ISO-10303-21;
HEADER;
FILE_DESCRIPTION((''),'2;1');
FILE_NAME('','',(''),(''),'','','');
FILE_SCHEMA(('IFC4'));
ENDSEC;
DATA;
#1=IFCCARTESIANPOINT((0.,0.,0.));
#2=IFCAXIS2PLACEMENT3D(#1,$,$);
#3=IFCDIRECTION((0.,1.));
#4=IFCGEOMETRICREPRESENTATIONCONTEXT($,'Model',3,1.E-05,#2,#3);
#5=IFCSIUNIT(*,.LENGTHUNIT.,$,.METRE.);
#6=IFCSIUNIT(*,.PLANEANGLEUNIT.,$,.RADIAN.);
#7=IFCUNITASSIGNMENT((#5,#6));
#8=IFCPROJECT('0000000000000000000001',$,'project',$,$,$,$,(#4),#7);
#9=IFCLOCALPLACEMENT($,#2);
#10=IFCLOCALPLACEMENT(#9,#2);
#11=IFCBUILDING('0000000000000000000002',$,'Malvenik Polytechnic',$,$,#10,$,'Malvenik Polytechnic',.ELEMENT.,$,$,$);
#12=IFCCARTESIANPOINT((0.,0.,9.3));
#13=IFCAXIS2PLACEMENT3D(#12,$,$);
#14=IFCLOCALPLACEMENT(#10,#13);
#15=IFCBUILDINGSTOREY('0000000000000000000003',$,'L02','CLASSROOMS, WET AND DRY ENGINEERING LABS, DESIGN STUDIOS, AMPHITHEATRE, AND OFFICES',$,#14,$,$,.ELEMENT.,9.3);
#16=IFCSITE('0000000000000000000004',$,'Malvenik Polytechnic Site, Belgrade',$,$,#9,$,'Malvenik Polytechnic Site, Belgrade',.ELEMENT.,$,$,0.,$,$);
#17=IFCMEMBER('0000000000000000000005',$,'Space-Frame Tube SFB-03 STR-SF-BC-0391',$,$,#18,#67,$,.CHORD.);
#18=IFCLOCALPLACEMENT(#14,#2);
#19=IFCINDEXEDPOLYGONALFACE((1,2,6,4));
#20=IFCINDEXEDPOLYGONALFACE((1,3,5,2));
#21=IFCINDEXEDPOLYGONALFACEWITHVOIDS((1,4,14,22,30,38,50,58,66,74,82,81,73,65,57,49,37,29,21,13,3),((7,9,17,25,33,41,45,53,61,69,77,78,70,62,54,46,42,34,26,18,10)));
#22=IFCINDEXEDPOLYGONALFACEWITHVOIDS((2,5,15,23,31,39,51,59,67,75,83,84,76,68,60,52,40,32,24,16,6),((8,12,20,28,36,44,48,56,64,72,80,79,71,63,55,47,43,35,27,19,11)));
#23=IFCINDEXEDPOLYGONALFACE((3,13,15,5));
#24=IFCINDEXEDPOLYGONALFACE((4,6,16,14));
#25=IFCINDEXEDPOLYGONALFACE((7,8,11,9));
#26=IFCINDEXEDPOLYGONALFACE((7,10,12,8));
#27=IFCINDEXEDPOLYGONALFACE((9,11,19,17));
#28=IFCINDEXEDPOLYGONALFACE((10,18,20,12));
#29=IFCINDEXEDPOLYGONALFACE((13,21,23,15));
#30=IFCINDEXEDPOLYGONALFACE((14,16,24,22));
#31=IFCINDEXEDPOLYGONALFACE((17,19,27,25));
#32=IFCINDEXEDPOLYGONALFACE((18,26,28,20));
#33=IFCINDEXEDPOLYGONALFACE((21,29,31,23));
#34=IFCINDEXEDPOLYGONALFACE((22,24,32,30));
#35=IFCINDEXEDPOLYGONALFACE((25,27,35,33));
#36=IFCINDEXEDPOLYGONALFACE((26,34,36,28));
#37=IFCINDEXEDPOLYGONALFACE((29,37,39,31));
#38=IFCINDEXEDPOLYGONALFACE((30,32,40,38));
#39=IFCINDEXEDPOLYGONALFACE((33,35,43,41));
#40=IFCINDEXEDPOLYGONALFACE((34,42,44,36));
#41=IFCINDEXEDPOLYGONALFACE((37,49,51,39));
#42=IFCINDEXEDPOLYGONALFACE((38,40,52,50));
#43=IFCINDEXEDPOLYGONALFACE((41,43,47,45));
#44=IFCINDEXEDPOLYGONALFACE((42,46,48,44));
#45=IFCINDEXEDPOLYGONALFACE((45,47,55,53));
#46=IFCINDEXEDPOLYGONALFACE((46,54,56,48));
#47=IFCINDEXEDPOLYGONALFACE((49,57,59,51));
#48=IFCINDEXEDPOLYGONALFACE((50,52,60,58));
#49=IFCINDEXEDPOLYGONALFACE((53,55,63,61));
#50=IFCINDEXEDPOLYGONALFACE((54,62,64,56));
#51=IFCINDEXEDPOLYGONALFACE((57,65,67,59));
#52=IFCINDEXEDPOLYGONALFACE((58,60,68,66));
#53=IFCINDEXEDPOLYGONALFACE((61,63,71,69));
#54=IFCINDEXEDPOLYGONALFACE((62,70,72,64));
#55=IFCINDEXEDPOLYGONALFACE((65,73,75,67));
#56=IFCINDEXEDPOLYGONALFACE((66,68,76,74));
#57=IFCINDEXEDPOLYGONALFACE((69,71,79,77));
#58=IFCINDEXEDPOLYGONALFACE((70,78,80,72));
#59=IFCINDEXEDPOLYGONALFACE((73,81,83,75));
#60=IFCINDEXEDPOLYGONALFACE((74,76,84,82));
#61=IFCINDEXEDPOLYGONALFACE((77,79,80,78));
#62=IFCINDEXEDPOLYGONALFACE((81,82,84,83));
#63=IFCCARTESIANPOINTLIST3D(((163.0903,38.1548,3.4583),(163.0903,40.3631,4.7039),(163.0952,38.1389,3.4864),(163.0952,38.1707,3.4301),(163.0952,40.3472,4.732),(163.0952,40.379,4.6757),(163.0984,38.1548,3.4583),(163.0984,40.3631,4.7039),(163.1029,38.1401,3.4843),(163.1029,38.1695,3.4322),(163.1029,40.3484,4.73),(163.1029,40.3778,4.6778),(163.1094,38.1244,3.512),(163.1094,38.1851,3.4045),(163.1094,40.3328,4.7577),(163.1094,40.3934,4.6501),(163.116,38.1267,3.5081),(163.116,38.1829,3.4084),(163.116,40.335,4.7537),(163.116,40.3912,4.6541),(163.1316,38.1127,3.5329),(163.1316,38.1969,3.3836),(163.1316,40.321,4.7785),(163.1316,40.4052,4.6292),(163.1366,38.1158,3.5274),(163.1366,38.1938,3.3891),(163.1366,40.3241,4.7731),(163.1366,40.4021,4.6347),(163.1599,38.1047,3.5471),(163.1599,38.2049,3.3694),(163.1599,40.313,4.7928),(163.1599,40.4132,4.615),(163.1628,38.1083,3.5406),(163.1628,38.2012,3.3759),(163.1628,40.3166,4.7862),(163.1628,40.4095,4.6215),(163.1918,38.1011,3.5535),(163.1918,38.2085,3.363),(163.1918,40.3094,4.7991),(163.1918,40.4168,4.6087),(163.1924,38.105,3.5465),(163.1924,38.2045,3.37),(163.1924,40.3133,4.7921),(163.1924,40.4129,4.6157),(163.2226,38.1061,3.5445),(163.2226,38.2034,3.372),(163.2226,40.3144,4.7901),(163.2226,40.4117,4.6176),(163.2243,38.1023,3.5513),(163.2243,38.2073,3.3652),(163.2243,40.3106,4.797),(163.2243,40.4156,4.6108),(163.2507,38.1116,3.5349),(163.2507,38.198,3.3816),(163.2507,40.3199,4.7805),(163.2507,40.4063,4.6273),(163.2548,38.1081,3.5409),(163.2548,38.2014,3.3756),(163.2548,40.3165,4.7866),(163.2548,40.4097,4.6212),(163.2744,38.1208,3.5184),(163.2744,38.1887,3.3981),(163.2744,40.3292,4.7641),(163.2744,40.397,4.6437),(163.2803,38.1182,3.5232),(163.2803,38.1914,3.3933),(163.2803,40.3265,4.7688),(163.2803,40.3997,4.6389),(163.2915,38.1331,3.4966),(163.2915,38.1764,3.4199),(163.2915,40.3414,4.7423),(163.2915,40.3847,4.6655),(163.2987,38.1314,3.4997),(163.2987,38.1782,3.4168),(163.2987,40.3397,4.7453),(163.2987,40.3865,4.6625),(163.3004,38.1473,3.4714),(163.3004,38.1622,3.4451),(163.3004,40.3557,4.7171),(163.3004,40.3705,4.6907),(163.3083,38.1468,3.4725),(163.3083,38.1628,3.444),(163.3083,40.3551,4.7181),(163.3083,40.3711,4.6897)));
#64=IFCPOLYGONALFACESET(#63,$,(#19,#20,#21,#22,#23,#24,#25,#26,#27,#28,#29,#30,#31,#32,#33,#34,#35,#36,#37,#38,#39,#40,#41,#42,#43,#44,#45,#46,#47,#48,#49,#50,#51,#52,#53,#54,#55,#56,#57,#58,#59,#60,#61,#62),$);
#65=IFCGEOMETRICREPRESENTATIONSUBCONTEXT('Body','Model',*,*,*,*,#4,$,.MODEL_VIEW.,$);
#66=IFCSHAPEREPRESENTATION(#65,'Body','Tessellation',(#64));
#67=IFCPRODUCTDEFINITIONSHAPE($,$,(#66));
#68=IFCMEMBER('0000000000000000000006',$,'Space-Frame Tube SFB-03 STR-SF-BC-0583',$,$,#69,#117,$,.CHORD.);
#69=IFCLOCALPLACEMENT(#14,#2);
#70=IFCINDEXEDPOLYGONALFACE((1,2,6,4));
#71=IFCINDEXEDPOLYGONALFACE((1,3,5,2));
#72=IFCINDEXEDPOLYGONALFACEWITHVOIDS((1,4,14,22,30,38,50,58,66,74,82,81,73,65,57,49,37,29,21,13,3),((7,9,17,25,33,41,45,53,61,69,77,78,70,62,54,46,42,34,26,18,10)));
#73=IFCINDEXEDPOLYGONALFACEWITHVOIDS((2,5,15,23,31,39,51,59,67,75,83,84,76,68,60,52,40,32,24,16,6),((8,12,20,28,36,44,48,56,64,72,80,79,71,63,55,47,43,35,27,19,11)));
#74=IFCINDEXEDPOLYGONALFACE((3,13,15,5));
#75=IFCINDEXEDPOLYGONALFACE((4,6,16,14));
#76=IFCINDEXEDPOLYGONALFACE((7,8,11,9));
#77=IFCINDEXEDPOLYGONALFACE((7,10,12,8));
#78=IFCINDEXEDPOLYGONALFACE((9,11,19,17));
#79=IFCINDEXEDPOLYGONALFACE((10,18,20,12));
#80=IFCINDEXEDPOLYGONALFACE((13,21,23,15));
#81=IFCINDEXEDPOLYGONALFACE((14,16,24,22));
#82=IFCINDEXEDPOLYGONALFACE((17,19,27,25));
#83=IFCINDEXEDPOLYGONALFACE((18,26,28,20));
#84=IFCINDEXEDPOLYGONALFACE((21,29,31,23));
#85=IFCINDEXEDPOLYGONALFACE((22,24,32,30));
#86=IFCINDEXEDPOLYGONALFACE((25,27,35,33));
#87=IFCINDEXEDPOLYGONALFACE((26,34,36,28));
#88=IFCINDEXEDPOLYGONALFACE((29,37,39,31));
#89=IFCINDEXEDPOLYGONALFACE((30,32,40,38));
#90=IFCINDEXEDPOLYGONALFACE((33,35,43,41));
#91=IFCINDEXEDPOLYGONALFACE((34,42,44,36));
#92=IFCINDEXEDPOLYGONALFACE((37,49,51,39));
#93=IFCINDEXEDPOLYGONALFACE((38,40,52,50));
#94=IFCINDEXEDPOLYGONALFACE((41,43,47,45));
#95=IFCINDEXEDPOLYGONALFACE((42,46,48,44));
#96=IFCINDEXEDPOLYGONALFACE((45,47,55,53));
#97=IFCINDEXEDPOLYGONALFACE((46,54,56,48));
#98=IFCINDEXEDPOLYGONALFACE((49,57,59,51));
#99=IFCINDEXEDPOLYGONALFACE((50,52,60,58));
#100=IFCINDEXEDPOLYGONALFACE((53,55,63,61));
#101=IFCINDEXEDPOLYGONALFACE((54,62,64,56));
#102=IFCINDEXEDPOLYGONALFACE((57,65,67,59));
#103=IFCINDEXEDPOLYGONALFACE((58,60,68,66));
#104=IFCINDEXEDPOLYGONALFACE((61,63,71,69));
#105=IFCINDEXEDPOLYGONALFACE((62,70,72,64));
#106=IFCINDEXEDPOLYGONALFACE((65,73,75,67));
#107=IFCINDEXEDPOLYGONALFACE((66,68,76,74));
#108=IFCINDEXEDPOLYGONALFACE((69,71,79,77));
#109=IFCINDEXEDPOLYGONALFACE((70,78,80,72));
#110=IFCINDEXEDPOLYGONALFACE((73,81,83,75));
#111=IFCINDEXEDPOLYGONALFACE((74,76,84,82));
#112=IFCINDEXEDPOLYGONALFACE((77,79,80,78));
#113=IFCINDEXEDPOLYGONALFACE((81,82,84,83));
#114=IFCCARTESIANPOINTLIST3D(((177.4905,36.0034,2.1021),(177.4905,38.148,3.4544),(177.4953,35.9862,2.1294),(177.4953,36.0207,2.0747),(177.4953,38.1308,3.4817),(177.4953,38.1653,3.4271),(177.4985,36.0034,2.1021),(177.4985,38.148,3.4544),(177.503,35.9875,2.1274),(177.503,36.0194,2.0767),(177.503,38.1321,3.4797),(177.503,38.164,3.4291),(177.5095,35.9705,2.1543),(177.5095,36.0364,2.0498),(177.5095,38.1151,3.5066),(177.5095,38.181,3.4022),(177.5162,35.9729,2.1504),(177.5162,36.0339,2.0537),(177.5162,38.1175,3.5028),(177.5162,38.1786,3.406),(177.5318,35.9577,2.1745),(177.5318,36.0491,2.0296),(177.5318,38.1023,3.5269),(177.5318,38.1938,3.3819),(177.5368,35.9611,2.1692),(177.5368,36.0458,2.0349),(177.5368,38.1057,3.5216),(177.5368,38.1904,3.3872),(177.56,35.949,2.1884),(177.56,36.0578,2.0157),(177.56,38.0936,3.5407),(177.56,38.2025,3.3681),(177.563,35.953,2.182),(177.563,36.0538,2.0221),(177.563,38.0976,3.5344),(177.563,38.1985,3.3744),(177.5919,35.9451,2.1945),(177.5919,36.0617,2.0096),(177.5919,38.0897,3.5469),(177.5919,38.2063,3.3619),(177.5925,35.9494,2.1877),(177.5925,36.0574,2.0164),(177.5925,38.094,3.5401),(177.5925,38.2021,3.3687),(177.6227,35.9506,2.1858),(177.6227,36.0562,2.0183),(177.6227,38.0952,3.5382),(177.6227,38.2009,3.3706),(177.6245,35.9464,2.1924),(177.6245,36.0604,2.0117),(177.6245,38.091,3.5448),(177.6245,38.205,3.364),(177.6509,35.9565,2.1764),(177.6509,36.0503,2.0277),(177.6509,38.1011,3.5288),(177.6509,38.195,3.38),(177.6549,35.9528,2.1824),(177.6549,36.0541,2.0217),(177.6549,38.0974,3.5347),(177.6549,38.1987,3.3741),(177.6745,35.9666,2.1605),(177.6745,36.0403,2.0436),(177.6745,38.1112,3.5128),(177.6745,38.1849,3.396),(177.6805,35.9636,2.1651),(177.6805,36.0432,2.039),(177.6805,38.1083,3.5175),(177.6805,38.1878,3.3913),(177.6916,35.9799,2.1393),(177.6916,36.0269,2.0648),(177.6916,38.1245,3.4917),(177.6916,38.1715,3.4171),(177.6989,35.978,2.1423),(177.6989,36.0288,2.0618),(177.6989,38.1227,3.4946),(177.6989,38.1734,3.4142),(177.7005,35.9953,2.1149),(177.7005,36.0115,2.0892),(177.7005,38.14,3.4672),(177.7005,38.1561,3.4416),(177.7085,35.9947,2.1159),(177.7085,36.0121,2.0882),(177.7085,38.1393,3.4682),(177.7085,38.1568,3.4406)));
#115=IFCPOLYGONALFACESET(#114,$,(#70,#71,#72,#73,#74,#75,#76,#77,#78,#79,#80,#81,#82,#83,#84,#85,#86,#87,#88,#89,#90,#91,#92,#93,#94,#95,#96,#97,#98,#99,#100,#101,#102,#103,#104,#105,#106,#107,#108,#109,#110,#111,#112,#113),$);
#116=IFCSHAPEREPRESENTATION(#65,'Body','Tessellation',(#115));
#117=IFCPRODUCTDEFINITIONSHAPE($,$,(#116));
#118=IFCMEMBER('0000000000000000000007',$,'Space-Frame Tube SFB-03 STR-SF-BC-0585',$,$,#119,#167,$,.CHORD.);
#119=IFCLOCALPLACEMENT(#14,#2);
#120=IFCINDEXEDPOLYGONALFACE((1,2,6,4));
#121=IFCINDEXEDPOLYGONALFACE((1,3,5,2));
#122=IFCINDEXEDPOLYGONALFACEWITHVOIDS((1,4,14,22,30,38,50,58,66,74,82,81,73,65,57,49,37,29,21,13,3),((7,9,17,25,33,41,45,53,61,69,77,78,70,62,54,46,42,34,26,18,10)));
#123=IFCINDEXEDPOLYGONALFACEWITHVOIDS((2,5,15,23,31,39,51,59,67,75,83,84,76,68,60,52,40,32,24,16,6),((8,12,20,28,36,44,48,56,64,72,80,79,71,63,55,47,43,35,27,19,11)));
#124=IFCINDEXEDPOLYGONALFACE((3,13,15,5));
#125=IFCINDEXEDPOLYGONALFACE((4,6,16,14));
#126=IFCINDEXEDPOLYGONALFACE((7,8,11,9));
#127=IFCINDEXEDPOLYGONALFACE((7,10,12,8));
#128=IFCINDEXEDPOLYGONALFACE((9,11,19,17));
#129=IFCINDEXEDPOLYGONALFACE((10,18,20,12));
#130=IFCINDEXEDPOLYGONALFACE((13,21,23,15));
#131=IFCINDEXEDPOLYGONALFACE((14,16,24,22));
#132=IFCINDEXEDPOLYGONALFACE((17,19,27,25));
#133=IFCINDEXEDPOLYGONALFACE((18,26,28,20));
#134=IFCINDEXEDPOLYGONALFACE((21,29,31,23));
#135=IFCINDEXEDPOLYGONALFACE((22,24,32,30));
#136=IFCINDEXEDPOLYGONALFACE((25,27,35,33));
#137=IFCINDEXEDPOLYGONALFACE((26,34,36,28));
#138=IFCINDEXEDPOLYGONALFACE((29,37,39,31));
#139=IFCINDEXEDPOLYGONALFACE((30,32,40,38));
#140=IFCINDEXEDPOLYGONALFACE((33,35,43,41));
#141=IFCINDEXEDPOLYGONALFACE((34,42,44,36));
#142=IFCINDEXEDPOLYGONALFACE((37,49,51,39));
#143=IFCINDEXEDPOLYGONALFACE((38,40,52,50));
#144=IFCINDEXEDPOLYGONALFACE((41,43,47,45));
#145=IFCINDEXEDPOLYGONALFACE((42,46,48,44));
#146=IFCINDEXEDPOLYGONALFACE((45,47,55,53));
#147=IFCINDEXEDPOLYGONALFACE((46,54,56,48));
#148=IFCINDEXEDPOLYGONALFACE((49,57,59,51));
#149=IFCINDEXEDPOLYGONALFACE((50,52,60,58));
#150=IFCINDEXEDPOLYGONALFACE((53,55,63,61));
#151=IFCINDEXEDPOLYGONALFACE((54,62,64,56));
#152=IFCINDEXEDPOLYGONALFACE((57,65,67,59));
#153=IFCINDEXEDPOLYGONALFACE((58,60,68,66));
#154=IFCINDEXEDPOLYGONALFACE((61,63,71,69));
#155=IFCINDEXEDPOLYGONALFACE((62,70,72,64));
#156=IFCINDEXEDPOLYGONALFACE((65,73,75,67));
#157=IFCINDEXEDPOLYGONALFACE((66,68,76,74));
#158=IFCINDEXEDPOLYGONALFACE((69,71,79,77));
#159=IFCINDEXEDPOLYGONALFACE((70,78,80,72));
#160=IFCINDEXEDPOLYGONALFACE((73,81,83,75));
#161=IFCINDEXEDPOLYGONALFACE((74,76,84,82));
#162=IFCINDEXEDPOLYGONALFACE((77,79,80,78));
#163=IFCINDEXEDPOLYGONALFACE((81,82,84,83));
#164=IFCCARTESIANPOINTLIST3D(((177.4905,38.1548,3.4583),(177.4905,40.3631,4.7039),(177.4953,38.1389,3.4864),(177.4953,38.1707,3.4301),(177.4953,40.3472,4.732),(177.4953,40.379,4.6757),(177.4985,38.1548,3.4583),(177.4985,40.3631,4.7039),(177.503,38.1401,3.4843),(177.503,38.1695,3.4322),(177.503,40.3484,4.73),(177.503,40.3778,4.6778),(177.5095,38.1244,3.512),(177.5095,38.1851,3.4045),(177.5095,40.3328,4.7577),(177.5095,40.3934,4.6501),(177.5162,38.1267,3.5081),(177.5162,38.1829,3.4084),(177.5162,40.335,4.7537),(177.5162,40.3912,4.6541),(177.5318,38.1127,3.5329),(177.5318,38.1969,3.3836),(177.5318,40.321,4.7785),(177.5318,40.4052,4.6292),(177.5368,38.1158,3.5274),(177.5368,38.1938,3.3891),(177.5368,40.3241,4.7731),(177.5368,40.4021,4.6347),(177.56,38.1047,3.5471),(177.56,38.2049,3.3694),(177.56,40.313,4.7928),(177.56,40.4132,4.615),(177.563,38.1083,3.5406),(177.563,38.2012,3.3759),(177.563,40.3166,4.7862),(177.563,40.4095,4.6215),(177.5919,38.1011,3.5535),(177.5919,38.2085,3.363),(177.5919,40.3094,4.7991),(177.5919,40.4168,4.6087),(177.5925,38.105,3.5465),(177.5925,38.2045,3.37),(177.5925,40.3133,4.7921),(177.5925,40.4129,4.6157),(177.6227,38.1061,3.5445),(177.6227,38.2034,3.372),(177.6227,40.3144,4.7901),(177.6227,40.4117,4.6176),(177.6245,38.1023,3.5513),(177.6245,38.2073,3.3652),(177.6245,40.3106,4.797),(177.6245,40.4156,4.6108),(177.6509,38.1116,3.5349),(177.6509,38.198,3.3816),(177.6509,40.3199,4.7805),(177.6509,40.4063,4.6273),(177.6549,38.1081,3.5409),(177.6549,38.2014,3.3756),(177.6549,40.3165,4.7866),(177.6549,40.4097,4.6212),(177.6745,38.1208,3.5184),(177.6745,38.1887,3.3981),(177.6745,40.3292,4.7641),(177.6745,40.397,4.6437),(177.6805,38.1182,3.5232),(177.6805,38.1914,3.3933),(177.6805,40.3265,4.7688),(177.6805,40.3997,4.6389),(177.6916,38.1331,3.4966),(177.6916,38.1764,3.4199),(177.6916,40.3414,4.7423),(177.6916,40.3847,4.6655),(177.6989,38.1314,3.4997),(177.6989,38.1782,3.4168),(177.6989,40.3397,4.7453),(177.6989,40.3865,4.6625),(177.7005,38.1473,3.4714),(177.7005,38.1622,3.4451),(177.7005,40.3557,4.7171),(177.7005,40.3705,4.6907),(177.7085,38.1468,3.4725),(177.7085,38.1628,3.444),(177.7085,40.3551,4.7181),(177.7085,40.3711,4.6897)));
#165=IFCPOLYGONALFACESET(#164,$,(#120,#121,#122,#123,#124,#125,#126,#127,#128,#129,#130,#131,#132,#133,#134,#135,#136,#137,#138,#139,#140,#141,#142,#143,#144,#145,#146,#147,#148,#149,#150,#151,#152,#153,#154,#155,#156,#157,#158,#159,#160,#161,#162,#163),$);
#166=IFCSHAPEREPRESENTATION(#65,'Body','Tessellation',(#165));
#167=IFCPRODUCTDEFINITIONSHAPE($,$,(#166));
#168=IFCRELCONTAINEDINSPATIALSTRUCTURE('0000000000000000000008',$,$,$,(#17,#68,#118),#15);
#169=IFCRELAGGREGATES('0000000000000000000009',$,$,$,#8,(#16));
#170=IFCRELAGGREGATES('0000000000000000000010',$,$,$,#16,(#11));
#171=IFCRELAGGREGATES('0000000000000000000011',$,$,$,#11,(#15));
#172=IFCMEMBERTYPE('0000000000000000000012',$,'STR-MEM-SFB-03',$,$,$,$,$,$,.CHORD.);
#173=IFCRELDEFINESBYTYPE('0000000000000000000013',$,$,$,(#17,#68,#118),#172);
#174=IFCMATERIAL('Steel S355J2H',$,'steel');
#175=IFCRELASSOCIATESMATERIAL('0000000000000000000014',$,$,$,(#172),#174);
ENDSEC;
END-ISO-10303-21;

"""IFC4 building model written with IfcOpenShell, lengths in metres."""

from ifc_helpers import new_model, si_unit, direction, frame, origin, origin_2d, place, context, subcontext, project, spatial, hollow_circle, extrude, material, material_profile, profile_set, type_object, element, save


model = new_model("IFC4")

# Units and contexts
model_context = context("Model", 3, precision=1e-05, world=origin(), true_north=direction((0.0, 1.0)))
body_context = subcontext(model_context, "Body", "Model", "MODEL_VIEW")
ifc_project = project(units=[si_unit("LENGTHUNIT", "METRE"), si_unit("PLANEANGLEUNIT", "RADIAN")], contexts=[model_context])

# Site, building, storey
site_placement = place(None, origin())
site = spatial("IfcSite", under=ifc_project, at=site_placement, Name="Malvenik Polytechnic Site, Belgrade", LongName="Malvenik Polytechnic Site, Belgrade", CompositionType="ELEMENT", RefElevation=0.0)
building_placement = place(site_placement, origin())
building = spatial("IfcBuilding", under=site, at=building_placement, Name="Malvenik Polytechnic", LongName="Malvenik Polytechnic", CompositionType="ELEMENT")
storey_placement = place(building_placement, frame((0.0, 0.0, 9.3)))
storey = spatial("IfcBuildingStorey", under=building, at=storey_placement, Name="L02", Description="CLASSROOMS, WET AND DRY ENGINEERING LABS, DESIGN STUDIOS, AMPHITHEATRE, AND OFFICES", CompositionType="ELEMENT", Elevation=9.3)

# Members
ifc_material_1 = material(Name="Steel S355J2H", Category="steel")
ifc_material_profile_1 = material_profile(ifc_material_1, hollow_circle(Radius=0.1096, WallThickness=0.0081, at=origin_2d()), Name="CHS 219.1x8.0")
ifc_profile_set_1 = profile_set([ifc_material_profile_1], Name="Steel S355J2H")
member_type_1 = type_object("IfcMemberType", Name="STR-MEM-SFB-03", PredefinedType="CHORD", material=ifc_profile_set_1)
for number, where, z_axis, x_axis, name in (
    (1, (163.2, 38.1548, 3.4583), (0.0, 0.870991, 0.491299), (-1.0, 0.0, 0.0), "Space-Frame Tube SFB-03 STR-SF-BC-0391"),
    (2, (177.6001, 36.0034, 2.1021), (0.0, 0.845871, 0.533388), (-1.0, 0.0, 0.0), "Space-Frame Tube SFB-03 STR-SF-BC-0583"),
    (3, (177.6001, 38.1548, 3.4583), (0.0, 0.870991, 0.491299), (-1.0, 0.0, 0.0), "Space-Frame Tube SFB-03 STR-SF-BC-0585"),
):
    element("IfcMember", number, at=place(storey_placement, frame(where, z_axis=z_axis, x_axis=x_axis)), inside=storey, type_object=member_type_1, Name=name, PredefinedType="CHORD", context=body_context, shape_type="SweptSolid", body=[
        extrude(hollow_circle(Radius=0.1096, WallThickness=0.0081, at=origin_2d()), origin(), (0.0, 0.0, 1.0), 2.5354),
    ])

save(model, "model.ifc")
